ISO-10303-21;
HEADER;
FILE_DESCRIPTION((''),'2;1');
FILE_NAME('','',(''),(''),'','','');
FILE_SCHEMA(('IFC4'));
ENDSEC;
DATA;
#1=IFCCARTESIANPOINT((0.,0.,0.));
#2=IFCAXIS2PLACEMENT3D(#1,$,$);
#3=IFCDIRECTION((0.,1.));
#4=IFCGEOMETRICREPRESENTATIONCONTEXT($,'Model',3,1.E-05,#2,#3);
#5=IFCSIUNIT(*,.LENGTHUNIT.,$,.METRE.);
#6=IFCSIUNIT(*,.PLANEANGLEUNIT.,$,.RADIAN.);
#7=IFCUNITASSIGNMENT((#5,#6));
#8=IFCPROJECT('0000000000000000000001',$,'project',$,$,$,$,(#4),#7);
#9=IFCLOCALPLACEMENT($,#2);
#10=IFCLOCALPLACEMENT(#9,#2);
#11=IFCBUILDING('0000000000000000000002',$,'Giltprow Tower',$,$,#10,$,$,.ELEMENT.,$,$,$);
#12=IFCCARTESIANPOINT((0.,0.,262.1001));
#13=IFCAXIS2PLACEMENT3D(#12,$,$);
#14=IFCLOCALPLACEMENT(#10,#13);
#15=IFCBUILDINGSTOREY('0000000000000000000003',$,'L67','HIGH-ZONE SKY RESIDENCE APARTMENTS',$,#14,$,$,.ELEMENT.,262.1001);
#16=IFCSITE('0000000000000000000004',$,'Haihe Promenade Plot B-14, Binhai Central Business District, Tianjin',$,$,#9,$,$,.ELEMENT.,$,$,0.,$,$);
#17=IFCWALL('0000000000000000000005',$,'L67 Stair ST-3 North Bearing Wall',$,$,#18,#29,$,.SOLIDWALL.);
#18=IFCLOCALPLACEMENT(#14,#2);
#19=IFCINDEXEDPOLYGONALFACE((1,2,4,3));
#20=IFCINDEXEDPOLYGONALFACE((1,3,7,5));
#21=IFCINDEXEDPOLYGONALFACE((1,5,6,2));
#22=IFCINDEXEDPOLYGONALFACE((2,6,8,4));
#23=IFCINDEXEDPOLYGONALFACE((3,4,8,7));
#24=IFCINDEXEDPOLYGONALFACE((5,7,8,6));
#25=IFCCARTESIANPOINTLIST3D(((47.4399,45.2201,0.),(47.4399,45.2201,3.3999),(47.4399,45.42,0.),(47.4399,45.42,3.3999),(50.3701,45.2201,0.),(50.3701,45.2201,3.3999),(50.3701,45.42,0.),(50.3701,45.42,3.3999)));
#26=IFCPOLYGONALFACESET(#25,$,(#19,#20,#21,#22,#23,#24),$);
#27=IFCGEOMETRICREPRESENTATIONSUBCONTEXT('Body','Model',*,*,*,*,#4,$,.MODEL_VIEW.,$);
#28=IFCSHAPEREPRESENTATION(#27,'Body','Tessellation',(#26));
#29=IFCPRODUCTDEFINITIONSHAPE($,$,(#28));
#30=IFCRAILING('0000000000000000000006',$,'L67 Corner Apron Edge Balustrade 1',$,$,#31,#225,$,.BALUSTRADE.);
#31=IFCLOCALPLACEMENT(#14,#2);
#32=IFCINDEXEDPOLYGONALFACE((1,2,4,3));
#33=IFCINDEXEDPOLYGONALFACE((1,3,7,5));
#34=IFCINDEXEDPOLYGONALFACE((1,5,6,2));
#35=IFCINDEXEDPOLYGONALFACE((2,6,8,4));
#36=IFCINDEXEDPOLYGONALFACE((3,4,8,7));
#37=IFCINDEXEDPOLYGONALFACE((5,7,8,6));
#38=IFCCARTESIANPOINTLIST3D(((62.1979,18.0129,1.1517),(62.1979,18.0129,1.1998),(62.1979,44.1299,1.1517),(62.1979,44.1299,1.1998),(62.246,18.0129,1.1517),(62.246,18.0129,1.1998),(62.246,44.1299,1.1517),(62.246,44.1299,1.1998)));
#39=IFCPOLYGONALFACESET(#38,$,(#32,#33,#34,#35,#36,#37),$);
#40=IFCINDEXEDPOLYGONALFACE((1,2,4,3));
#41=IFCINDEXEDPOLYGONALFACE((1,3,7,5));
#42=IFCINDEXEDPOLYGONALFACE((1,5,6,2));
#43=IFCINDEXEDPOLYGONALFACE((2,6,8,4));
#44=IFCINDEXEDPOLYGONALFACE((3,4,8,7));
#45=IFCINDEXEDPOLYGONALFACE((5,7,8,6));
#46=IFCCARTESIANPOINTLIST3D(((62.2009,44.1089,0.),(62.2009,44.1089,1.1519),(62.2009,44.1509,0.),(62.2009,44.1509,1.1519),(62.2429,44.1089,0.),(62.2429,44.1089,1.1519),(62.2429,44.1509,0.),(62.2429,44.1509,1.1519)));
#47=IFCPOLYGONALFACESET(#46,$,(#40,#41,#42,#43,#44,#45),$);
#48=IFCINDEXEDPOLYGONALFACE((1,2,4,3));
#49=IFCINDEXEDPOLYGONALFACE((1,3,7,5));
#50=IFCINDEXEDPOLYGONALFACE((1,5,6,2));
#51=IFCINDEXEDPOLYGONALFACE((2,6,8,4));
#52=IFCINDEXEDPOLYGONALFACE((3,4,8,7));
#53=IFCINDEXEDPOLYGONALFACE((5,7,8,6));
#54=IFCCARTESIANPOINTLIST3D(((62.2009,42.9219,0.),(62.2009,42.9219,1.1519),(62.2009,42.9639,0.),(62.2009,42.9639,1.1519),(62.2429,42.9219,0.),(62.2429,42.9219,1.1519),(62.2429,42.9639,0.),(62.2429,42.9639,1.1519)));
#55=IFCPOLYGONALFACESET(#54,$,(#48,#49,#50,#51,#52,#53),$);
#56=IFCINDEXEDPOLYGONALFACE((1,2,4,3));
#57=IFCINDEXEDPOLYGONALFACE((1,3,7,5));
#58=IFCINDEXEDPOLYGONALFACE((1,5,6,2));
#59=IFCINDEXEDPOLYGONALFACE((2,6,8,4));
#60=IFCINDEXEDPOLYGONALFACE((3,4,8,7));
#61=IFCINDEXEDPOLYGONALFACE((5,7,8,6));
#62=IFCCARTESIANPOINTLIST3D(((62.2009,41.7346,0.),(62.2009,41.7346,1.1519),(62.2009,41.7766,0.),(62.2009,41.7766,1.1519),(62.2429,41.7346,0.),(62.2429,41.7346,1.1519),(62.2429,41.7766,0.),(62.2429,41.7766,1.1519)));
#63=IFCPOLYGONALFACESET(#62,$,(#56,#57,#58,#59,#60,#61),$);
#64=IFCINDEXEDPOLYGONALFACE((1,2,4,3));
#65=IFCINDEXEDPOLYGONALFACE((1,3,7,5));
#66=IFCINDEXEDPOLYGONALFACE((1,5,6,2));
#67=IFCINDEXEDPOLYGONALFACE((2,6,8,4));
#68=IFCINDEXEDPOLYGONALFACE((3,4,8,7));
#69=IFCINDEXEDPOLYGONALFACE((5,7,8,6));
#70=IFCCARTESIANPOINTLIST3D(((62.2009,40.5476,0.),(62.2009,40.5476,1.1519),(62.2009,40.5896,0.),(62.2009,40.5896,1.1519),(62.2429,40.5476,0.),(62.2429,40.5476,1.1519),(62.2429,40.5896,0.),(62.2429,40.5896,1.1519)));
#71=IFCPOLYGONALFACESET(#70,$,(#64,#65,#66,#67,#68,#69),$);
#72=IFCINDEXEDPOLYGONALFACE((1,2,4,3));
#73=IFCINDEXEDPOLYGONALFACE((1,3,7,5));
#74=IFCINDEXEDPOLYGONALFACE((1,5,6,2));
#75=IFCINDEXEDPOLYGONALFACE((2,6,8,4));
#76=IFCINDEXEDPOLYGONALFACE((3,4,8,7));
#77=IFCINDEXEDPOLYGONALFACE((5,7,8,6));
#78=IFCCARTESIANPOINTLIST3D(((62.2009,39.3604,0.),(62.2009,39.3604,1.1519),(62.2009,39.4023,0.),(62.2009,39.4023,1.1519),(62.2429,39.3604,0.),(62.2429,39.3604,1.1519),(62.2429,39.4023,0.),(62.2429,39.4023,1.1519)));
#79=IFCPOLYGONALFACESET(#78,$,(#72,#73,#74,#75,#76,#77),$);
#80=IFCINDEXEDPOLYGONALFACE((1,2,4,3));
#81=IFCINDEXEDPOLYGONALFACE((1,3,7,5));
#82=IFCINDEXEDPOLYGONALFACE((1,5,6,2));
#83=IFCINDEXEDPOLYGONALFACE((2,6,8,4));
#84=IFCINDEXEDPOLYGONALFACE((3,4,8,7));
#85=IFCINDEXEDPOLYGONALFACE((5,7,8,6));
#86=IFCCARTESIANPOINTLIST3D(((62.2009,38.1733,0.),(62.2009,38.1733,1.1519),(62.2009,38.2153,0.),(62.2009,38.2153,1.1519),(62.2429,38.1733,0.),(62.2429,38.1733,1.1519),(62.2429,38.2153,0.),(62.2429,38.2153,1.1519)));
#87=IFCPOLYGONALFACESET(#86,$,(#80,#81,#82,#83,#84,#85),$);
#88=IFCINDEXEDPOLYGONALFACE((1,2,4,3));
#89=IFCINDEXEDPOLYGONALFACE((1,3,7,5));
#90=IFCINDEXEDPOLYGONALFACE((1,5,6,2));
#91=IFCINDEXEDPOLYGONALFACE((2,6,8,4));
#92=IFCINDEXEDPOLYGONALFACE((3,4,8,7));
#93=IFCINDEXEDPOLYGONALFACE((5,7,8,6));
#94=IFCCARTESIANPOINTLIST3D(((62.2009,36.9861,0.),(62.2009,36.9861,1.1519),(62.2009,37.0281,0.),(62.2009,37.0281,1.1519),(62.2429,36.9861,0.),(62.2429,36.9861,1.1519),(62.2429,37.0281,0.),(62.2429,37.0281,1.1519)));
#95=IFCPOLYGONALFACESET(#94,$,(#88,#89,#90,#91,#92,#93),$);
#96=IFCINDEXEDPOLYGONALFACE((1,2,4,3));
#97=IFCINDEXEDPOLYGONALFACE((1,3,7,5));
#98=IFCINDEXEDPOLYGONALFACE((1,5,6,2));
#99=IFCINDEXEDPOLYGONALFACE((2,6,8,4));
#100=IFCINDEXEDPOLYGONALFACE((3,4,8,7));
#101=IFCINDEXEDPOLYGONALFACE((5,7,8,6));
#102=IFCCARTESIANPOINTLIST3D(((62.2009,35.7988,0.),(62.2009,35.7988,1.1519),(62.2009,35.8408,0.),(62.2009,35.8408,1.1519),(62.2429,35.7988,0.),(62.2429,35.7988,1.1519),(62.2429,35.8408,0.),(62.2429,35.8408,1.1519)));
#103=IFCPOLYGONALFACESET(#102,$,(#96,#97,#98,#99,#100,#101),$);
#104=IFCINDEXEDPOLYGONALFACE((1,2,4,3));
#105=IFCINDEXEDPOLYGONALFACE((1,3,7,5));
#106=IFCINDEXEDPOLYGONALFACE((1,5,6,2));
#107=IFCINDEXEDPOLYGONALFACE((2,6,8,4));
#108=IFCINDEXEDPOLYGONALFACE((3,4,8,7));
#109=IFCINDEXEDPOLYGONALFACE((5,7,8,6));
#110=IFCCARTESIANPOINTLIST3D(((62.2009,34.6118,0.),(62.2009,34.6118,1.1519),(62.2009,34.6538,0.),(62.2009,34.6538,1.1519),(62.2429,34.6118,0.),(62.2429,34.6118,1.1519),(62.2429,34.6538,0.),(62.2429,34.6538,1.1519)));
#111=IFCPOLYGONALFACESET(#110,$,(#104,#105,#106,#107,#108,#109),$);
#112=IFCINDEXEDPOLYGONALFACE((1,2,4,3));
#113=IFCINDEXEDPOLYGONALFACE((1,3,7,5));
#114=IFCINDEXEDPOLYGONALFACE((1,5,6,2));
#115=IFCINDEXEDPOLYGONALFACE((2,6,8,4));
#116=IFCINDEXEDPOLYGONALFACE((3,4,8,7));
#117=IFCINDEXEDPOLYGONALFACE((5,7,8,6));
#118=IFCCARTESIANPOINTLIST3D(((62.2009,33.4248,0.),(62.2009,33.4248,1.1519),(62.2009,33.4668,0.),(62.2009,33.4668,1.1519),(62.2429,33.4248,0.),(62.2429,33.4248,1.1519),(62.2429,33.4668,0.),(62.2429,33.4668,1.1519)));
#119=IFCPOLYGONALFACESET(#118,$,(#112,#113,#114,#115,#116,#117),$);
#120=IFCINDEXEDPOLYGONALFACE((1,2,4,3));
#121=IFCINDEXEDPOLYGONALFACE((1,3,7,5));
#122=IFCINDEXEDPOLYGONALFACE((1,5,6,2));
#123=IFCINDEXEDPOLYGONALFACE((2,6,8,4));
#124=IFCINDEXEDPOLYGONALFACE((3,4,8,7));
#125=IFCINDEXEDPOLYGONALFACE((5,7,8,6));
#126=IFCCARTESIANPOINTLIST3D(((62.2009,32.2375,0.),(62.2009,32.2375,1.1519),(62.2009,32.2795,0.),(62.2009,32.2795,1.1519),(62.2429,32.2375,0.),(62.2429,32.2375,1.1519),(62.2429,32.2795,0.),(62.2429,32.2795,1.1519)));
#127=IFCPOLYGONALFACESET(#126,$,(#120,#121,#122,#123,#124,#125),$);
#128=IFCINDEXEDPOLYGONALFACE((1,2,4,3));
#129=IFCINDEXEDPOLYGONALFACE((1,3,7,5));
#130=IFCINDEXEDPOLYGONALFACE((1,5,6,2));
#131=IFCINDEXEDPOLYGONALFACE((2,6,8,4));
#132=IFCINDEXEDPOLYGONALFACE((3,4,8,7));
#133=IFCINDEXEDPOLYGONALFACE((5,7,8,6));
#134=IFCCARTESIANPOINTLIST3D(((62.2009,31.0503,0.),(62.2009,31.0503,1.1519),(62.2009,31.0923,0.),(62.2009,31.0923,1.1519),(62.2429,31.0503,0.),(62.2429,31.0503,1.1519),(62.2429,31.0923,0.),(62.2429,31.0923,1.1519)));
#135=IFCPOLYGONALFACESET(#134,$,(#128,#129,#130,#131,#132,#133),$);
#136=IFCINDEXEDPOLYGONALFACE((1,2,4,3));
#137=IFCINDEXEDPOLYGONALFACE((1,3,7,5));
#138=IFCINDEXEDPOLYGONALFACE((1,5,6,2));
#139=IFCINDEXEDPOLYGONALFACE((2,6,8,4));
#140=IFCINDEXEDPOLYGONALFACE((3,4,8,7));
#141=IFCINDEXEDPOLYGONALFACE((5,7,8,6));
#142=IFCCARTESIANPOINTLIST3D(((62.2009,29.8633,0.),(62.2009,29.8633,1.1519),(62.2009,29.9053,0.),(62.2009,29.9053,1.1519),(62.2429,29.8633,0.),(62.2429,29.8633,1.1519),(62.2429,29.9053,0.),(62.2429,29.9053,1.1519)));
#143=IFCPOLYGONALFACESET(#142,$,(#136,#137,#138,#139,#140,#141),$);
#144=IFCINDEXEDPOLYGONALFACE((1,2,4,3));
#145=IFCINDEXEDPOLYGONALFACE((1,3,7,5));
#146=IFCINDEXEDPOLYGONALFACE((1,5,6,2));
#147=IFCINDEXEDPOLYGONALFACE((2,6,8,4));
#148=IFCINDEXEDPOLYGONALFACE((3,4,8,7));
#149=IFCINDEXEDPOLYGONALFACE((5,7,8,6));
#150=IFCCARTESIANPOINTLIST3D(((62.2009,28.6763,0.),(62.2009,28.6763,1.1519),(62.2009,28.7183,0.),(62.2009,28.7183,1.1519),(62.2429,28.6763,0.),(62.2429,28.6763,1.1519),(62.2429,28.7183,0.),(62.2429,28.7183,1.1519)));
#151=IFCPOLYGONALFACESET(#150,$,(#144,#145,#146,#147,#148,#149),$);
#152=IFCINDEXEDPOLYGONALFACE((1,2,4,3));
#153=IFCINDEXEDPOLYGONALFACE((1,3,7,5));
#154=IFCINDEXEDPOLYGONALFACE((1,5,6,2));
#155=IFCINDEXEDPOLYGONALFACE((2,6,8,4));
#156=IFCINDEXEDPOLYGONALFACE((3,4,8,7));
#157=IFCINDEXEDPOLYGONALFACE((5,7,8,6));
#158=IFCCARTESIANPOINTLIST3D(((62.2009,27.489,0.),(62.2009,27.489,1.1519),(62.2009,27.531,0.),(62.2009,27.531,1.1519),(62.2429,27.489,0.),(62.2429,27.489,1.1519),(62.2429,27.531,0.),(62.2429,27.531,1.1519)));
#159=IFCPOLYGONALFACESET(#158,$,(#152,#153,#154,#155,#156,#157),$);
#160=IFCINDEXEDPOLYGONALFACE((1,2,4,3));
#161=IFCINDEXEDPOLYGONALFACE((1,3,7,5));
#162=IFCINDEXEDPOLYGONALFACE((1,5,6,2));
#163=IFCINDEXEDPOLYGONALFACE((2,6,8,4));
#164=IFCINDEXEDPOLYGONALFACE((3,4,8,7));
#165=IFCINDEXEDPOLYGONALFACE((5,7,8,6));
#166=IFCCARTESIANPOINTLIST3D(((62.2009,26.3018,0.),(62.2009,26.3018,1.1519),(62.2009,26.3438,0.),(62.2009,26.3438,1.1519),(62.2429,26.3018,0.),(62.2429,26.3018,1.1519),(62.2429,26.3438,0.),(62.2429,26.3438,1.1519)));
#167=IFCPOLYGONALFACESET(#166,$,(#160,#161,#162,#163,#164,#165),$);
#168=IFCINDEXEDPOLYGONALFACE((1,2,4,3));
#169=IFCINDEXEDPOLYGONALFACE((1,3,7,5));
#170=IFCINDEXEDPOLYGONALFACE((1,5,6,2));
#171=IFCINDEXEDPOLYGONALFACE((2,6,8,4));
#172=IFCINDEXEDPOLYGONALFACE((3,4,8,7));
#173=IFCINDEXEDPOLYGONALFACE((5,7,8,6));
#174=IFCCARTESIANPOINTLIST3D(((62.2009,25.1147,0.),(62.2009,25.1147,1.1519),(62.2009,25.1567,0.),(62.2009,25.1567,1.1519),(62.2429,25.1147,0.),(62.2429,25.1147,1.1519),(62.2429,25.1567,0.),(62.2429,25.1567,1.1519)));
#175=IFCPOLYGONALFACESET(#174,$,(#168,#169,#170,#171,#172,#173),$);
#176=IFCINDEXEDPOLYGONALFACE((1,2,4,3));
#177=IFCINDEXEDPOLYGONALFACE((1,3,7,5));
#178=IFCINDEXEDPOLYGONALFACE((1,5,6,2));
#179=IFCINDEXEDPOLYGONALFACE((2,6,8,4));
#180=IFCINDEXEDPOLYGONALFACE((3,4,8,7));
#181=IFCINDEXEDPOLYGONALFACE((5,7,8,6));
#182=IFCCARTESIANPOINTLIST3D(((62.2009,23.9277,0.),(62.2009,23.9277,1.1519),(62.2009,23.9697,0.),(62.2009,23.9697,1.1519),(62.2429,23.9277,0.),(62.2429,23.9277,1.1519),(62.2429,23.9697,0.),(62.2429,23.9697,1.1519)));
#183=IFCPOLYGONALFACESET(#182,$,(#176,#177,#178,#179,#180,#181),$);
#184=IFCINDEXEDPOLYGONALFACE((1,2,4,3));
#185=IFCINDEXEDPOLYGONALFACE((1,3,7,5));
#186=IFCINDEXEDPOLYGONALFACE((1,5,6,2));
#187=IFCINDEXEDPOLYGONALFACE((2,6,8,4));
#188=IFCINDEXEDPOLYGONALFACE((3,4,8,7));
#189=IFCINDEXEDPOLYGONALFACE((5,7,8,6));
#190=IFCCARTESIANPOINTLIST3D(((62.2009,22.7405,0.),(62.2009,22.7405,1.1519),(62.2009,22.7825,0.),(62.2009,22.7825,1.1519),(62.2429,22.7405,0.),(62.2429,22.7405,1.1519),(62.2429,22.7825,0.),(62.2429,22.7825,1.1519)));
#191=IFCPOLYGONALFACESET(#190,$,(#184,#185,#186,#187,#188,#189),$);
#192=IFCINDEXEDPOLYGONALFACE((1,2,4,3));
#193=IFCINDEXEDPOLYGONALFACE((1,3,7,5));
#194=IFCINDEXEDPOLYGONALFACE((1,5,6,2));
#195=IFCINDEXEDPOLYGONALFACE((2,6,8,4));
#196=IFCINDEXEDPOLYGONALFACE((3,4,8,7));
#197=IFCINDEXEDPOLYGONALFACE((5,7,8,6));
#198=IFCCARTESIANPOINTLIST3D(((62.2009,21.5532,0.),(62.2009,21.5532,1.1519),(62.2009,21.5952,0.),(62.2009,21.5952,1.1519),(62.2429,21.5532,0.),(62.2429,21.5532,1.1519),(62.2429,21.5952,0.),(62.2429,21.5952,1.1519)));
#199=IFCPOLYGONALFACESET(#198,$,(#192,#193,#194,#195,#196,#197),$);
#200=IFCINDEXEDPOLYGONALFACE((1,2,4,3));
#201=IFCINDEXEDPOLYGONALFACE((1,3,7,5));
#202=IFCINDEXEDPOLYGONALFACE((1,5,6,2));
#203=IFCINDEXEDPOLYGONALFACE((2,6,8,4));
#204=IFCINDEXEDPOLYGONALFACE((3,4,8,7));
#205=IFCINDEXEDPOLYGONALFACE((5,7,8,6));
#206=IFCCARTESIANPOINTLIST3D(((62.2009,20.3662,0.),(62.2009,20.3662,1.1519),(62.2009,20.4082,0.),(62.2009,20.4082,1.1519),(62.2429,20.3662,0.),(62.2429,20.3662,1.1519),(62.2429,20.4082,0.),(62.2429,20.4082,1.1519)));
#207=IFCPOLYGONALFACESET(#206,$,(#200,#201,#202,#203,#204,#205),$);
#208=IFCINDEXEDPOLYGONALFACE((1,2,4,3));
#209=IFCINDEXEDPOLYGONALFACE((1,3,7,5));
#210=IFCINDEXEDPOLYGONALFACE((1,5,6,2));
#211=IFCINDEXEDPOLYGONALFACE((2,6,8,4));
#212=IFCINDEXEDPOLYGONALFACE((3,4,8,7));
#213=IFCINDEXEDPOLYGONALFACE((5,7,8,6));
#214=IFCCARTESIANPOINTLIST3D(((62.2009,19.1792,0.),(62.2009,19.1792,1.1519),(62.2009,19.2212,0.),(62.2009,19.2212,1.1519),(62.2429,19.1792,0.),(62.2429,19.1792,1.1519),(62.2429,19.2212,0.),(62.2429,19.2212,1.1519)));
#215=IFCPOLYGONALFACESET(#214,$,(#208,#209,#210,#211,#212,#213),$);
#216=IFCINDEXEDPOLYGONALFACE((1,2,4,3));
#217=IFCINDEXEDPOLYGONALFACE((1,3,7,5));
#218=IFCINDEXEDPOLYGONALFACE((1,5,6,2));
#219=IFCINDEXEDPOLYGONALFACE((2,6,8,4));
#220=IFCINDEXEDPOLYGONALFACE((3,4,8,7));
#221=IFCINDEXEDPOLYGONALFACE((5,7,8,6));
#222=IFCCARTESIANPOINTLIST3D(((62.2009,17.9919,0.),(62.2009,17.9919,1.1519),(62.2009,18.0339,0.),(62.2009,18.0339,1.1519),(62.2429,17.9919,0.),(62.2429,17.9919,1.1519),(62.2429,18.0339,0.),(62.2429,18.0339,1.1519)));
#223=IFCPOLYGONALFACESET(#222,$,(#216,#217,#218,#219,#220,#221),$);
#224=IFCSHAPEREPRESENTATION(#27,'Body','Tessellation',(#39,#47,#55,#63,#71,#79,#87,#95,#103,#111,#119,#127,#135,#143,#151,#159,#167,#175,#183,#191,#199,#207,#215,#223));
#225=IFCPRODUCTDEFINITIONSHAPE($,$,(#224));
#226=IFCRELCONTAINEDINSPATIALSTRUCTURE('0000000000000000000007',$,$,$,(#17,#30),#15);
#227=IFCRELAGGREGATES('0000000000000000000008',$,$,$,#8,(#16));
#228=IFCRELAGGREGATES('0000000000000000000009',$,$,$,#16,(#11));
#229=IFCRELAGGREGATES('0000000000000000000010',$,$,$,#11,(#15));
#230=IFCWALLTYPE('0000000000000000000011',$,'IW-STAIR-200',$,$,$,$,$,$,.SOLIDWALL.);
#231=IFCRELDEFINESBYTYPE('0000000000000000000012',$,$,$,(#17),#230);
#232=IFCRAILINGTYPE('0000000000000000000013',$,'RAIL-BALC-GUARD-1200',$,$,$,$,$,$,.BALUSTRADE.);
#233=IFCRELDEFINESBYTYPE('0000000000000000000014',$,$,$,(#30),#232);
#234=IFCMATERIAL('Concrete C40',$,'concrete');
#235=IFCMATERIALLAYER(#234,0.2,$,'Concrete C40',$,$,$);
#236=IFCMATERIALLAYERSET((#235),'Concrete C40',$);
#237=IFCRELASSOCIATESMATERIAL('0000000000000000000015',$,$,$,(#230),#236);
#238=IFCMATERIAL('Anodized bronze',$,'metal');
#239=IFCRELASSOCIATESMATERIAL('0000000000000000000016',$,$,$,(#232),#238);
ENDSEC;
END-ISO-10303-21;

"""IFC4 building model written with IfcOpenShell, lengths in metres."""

from ifc_helpers import new_model, si_unit, direction, frame, frame_2d, origin, origin_2d, place, context, subcontext, project, spatial, rectangle, extrude, material, layer, layer_set, type_object, element, save


model = new_model("IFC4")

# Units and contexts
model_context = context("Model", 3, precision=1e-05, world=origin(), true_north=direction((0.0, 1.0)))
body_context = subcontext(model_context, "Body", "Model", "MODEL_VIEW")
ifc_project = project(units=[si_unit("LENGTHUNIT", "METRE"), si_unit("PLANEANGLEUNIT", "RADIAN")], contexts=[model_context])

# Site, building, storey
site_placement = place(None, origin())
site = spatial("IfcSite", under=ifc_project, at=site_placement, Name="Haihe Promenade Plot B-14, Binhai Central Business District, Tianjin", CompositionType="ELEMENT", RefElevation=0.0)
building_placement = place(site_placement, origin())
building = spatial("IfcBuilding", under=site, at=building_placement, Name="Giltprow Tower", CompositionType="ELEMENT")
storey_placement = place(building_placement, frame((0.0, 0.0, 262.1001)))
storey = spatial("IfcBuildingStorey", under=building, at=storey_placement, Name="L67", Description="HIGH-ZONE SKY RESIDENCE APARTMENTS", CompositionType="ELEMENT", Elevation=262.1001)

# Wall
ifc_material_1 = material(Name="Concrete C40", Category="concrete")
ifc_layer_1 = layer(ifc_material_1, 0.2, Name="Concrete C40")
ifc_layer_set_1 = layer_set([ifc_layer_1], Name="Concrete C40")
wall_type_1 = type_object("IfcWallType", Name="IW-STAIR-200", PredefinedType="SOLIDWALL", material=ifc_layer_set_1)
wall_1_placement = place(storey_placement, frame((47.4399, 45.3201, 0.0), z_axis=(0.0, 0.0, 1.0), x_axis=(1.0, 0.0, 0.0)))
element("IfcWall", 1, at=wall_1_placement, inside=storey, type_object=wall_type_1, Name="L67 Stair ST-3 North Bearing Wall", PredefinedType="SOLIDWALL", context=body_context, shape_type="SweptSolid", body=[
    extrude(rectangle(XDim=2.9302, YDim=0.2, at=frame_2d((1.4651, 0.0))), origin(), (0.0, 0.0, 1.0), 3.3999),
])

# Railing
ifc_material_2 = material(Name="Anodized bronze", Category="metal")
railing_type_1 = type_object("IfcRailingType", Name="RAIL-BALC-GUARD-1200", PredefinedType="BALUSTRADE", material=ifc_material_2)
railing_1_placement = place(storey_placement, frame((62.2219, 44.1299, 0.0)))
element("IfcRailing", 2, at=railing_1_placement, inside=storey, type_object=railing_type_1, Name="L67 Corner Apron Edge Balustrade 1", PredefinedType="BALUSTRADE", context=body_context, shape_type="SweptSolid", body=[
    extrude(rectangle(XDim=0.0481, YDim=0.0481, at=origin_2d()), frame((0.0, 0.0, 1.1758), z_axis=(0.0, -1.0, 0.0), x_axis=(1.0, 0.0, 0.0)), (0.0, 0.0, 1.0), 26.1169),
    extrude(rectangle(XDim=0.042, YDim=0.042, at=origin_2d()), origin(), (0.0, 0.0, 1.0), 1.1519),
    extrude(rectangle(XDim=0.042, YDim=0.042, at=origin_2d()), frame((0.0, -1.187, 0.0)), (0.0, 0.0, 1.0), 1.1519),
    extrude(rectangle(XDim=0.042, YDim=0.042, at=origin_2d()), frame((0.0, -2.3743, 0.0)), (0.0, 0.0, 1.0), 1.1519),
    extrude(rectangle(XDim=0.042, YDim=0.042, at=origin_2d()), frame((0.0, -3.5613, 0.0)), (0.0, 0.0, 1.0), 1.1519),
    extrude(rectangle(XDim=0.042, YDim=0.042, at=origin_2d()), frame((0.0, -4.7485, 0.0)), (0.0, 0.0, 1.0), 1.1519),
    extrude(rectangle(XDim=0.042, YDim=0.042, at=origin_2d()), frame((0.0, -5.9355, 0.0)), (0.0, 0.0, 1.0), 1.1519),
    extrude(rectangle(XDim=0.042, YDim=0.042, at=origin_2d()), frame((0.0, -7.1228, 0.0)), (0.0, 0.0, 1.0), 1.1519),
    extrude(rectangle(XDim=0.042, YDim=0.042, at=origin_2d()), frame((0.0, -8.3101, 0.0)), (0.0, 0.0, 1.0), 1.1519),
    extrude(rectangle(XDim=0.042, YDim=0.042, at=origin_2d()), frame((0.0, -9.4971, 0.0)), (0.0, 0.0, 1.0), 1.1519),
    extrude(rectangle(XDim=0.042, YDim=0.042, at=origin_2d()), frame((0.0, -10.6841, 0.0)), (0.0, 0.0, 1.0), 1.1519),
    extrude(rectangle(XDim=0.042, YDim=0.042, at=origin_2d()), frame((0.0, -11.8713, 0.0)), (0.0, 0.0, 1.0), 1.1519),
    extrude(rectangle(XDim=0.042, YDim=0.042, at=origin_2d()), frame((0.0, -13.0586, 0.0)), (0.0, 0.0, 1.0), 1.1519),
    extrude(rectangle(XDim=0.042, YDim=0.042, at=origin_2d()), frame((0.0, -14.2456, 0.0)), (0.0, 0.0, 1.0), 1.1519),
    extrude(rectangle(XDim=0.042, YDim=0.042, at=origin_2d()), frame((0.0, -15.4326, 0.0)), (0.0, 0.0, 1.0), 1.1519),
    extrude(rectangle(XDim=0.042, YDim=0.042, at=origin_2d()), frame((0.0, -16.6199, 0.0)), (0.0, 0.0, 1.0), 1.1519),
    extrude(rectangle(XDim=0.042, YDim=0.042, at=origin_2d()), frame((0.0, -17.8071, 0.0)), (0.0, 0.0, 1.0), 1.1519),
    extrude(rectangle(XDim=0.042, YDim=0.042, at=origin_2d()), frame((0.0, -18.9941, 0.0)), (0.0, 0.0, 1.0), 1.1519),
    extrude(rectangle(XDim=0.042, YDim=0.042, at=origin_2d()), frame((0.0, -20.1812, 0.0)), (0.0, 0.0, 1.0), 1.1519),
    extrude(rectangle(XDim=0.042, YDim=0.042, at=origin_2d()), frame((0.0, -21.3684, 0.0)), (0.0, 0.0, 1.0), 1.1519),
    extrude(rectangle(XDim=0.042, YDim=0.042, at=origin_2d()), frame((0.0, -22.5557, 0.0)), (0.0, 0.0, 1.0), 1.1519),
    extrude(rectangle(XDim=0.042, YDim=0.042, at=origin_2d()), frame((0.0, -23.7427, 0.0)), (0.0, 0.0, 1.0), 1.1519),
    extrude(rectangle(XDim=0.042, YDim=0.042, at=origin_2d()), frame((0.0, -24.9297, 0.0)), (0.0, 0.0, 1.0), 1.1519),
    extrude(rectangle(XDim=0.042, YDim=0.042, at=origin_2d()), frame((0.0, -26.1169, 0.0)), (0.0, 0.0, 1.0), 1.1519),
])

save(model, "model.ifc")
